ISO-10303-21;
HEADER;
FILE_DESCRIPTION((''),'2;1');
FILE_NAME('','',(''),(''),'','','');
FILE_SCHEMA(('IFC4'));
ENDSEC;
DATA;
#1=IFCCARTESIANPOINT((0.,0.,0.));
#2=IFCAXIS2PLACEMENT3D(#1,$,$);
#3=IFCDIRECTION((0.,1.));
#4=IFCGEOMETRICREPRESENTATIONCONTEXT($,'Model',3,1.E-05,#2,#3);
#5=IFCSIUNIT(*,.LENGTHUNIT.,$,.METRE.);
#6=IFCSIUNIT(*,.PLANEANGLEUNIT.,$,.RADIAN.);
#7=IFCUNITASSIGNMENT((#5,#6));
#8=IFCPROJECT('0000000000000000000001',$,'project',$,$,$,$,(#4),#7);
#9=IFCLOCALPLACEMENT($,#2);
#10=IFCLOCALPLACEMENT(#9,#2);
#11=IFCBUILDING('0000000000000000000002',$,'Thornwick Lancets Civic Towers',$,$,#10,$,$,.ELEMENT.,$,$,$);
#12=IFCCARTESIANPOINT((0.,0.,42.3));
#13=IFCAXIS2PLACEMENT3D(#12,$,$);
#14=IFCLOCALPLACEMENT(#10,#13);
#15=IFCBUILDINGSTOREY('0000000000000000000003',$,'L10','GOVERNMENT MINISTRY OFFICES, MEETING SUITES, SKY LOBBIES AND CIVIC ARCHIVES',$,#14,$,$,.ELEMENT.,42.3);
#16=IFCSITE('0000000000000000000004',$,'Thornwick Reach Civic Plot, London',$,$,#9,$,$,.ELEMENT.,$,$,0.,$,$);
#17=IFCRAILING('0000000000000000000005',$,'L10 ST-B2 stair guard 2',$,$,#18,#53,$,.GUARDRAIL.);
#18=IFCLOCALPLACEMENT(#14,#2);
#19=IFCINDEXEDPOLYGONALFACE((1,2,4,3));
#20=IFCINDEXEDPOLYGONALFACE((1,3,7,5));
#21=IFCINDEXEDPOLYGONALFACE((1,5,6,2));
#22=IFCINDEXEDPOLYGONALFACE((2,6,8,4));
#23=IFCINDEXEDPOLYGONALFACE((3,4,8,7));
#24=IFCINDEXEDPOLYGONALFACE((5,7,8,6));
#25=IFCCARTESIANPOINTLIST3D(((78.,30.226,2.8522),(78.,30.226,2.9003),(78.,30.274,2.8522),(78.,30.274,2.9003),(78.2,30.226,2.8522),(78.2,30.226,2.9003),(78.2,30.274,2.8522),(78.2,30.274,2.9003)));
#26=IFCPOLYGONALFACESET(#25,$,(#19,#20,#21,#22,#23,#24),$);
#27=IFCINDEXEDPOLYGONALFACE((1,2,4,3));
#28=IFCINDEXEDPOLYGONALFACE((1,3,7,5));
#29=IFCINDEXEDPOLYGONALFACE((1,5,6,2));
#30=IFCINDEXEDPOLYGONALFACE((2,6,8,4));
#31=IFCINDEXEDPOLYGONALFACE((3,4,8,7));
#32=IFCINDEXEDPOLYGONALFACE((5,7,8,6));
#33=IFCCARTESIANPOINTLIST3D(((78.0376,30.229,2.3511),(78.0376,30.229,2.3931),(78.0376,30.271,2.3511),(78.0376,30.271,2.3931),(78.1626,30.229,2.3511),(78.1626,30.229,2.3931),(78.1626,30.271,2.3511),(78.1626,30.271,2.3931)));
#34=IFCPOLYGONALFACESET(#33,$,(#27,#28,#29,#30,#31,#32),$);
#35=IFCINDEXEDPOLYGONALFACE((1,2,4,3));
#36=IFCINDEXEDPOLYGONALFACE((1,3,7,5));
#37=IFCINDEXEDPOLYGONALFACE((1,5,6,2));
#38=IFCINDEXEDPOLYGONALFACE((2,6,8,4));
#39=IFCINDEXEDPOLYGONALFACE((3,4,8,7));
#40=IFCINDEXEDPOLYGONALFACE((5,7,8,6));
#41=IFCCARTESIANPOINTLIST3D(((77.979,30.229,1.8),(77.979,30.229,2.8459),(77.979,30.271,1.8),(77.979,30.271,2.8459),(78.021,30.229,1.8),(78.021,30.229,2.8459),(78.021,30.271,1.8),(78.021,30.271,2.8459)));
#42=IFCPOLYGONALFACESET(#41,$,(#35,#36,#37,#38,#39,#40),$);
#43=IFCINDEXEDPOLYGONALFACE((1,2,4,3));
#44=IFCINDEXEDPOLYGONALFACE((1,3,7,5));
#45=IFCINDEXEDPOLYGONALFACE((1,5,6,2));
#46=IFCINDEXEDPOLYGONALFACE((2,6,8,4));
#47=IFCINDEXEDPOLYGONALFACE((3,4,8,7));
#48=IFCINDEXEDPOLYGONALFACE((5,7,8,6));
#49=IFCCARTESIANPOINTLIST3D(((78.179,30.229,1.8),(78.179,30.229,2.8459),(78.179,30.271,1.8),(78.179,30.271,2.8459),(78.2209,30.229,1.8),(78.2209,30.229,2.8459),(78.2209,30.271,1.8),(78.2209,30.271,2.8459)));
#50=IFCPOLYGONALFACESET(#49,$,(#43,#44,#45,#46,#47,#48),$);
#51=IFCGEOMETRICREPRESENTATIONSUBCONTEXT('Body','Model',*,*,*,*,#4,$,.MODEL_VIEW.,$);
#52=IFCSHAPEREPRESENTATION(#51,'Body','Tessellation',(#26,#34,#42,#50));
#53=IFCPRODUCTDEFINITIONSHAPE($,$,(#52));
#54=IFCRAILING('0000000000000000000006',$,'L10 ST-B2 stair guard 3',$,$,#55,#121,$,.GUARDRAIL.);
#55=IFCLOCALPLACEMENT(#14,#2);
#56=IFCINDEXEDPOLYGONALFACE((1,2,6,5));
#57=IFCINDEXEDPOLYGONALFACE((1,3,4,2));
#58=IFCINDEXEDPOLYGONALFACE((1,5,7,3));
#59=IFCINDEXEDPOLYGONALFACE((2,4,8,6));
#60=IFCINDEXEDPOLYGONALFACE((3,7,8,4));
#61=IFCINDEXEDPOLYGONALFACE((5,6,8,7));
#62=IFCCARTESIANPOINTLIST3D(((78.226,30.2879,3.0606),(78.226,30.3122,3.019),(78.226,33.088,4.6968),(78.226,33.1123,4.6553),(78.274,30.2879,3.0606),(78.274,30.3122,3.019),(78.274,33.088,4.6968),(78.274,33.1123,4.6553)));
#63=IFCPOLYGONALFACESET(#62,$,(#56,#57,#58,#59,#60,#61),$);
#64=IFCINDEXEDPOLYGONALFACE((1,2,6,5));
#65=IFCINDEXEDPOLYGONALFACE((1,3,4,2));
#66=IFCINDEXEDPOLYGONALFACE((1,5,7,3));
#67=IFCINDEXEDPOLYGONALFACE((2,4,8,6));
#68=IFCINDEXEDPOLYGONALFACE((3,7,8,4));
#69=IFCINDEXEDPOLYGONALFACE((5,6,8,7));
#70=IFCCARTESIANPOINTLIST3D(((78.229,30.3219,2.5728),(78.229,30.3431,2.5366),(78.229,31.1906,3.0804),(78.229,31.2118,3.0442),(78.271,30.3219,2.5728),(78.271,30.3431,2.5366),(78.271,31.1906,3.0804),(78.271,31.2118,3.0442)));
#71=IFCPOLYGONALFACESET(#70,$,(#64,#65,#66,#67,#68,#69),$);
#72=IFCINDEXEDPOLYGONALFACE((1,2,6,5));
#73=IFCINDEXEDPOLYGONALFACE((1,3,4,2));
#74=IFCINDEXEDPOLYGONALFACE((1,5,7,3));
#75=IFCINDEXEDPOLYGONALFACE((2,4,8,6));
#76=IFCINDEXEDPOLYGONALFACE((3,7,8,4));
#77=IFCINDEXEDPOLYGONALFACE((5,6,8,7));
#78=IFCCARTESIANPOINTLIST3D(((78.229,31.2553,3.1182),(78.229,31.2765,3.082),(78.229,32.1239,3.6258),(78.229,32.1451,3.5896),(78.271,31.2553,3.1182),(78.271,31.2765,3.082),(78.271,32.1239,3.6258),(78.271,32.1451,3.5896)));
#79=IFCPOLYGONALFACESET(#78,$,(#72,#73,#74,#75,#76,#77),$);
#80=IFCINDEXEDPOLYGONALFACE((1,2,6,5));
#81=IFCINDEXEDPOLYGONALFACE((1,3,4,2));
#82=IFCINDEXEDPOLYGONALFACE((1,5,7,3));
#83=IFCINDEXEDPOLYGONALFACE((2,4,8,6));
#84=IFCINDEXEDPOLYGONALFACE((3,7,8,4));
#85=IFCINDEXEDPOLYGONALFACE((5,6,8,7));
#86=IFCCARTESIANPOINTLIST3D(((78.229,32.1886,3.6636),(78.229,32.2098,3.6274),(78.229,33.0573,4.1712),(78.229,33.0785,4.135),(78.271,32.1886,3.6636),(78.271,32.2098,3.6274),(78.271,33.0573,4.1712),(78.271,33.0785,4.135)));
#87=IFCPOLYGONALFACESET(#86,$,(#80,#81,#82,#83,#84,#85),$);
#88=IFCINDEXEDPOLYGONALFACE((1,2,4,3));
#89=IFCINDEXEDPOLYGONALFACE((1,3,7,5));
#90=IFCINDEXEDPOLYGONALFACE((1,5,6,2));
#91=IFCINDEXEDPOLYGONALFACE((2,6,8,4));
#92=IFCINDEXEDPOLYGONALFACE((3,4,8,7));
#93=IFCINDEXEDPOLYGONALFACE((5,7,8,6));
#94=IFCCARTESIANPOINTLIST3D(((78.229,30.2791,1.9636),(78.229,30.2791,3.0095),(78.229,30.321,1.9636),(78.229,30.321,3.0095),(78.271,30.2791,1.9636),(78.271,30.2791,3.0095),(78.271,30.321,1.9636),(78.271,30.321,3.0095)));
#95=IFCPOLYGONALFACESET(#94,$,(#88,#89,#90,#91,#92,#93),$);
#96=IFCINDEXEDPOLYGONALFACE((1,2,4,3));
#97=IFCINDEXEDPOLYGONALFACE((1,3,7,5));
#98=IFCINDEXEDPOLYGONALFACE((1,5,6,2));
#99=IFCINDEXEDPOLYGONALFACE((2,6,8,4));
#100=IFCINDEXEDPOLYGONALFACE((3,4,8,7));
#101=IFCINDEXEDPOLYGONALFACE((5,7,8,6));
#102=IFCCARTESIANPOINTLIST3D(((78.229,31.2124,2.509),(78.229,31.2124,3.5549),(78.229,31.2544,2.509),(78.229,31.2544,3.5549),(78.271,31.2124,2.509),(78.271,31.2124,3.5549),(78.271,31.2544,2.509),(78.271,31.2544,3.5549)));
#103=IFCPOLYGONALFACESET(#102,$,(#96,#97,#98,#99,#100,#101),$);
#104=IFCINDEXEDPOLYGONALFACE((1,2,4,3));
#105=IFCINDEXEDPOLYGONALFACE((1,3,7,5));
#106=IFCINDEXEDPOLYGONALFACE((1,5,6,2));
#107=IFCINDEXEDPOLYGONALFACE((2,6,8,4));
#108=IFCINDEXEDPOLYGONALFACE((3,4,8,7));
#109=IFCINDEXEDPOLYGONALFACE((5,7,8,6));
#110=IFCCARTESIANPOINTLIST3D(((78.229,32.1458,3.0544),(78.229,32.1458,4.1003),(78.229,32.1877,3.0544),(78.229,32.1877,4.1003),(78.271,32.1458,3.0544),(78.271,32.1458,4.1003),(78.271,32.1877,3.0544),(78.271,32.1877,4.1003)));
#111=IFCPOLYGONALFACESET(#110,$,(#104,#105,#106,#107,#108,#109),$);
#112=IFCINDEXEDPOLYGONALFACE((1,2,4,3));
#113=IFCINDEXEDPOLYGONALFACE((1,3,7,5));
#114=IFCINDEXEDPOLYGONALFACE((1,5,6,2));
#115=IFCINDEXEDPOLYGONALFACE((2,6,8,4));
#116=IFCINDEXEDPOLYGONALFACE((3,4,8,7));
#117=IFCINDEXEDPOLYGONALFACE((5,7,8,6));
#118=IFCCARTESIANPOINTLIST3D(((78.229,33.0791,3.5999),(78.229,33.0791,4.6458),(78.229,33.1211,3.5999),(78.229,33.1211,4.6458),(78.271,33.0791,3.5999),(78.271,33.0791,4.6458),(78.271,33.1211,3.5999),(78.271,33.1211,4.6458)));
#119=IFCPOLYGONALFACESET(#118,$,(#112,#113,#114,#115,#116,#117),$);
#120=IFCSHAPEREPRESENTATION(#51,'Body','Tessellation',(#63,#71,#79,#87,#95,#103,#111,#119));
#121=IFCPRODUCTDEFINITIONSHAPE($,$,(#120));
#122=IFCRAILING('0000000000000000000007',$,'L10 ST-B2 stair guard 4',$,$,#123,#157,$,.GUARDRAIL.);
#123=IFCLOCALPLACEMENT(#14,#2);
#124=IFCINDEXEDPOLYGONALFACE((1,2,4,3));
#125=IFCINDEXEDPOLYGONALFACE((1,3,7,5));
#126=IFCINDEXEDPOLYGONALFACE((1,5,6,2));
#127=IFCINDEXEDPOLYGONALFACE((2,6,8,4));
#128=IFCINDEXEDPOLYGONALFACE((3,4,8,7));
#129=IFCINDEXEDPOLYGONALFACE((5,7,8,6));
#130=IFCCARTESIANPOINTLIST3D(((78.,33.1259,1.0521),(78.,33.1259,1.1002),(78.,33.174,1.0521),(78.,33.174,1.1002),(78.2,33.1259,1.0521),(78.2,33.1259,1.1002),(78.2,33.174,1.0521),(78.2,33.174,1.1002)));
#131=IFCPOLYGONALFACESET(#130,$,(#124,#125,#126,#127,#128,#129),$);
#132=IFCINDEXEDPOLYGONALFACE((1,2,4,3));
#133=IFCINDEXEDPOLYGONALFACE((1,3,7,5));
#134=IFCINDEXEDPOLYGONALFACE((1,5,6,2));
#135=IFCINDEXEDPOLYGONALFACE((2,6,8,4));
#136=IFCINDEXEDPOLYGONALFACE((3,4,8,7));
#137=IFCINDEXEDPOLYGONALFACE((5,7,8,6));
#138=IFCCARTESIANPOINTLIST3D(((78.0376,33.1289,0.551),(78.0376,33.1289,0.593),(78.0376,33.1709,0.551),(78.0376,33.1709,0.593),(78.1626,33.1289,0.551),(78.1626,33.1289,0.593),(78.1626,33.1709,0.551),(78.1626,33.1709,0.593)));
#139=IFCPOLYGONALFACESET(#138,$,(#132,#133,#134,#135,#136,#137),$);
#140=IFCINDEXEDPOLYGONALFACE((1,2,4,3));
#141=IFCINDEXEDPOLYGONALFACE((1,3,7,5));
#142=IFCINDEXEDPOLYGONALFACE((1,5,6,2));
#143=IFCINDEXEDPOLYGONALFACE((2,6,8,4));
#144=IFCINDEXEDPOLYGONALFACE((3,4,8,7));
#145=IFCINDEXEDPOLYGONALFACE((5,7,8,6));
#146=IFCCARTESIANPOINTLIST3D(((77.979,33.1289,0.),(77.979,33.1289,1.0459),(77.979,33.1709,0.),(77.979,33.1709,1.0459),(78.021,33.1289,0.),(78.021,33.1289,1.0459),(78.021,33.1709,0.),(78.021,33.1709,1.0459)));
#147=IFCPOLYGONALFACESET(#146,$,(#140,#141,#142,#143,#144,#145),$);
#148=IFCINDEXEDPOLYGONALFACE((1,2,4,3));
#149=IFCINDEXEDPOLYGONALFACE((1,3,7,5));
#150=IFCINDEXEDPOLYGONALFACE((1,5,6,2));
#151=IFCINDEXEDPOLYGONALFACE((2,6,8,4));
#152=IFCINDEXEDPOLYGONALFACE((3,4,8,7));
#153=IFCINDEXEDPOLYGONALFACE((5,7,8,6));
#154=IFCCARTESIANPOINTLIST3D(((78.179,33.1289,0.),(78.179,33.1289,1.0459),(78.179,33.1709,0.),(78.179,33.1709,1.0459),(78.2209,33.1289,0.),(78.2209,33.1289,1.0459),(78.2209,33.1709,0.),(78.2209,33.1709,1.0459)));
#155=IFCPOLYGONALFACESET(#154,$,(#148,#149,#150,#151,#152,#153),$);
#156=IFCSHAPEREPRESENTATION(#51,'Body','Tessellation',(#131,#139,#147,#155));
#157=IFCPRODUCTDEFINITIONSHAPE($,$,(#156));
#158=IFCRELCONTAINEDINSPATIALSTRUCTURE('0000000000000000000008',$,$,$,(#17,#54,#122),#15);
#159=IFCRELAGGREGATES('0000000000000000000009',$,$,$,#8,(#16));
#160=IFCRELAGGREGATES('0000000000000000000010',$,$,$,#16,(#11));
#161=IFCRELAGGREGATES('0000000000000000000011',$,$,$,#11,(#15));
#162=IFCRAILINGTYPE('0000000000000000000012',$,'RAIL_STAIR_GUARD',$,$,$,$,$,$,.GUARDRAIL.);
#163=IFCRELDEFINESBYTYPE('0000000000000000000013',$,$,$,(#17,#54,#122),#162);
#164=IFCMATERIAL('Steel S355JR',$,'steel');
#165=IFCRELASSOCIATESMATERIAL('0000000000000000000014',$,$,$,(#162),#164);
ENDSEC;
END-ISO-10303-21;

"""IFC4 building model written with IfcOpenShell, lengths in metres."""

from ifc_helpers import new_model, si_unit, direction, frame, origin, origin_2d, place, context, subcontext, project, spatial, rectangle, extrude, material, type_object, element, save


model = new_model("IFC4")

# Units and contexts
model_context = context("Model", 3, precision=1e-05, world=origin(), true_north=direction((0.0, 1.0)))
body_context = subcontext(model_context, "Body", "Model", "MODEL_VIEW")
ifc_project = project(units=[si_unit("LENGTHUNIT", "METRE"), si_unit("PLANEANGLEUNIT", "RADIAN")], contexts=[model_context])

# Site, building, storey
site_placement = place(None, origin())
site = spatial("IfcSite", under=ifc_project, at=site_placement, Name="Thornwick Reach Civic Plot, London", CompositionType="ELEMENT", RefElevation=0.0)
building_placement = place(site_placement, origin())
building = spatial("IfcBuilding", under=site, at=building_placement, Name="Thornwick Lancets Civic Towers", CompositionType="ELEMENT")
storey_placement = place(building_placement, frame((0.0, 0.0, 42.3)))
storey = spatial("IfcBuildingStorey", under=building, at=storey_placement, Name="L10", Description="GOVERNMENT MINISTRY OFFICES, MEETING SUITES, SKY LOBBIES AND CIVIC ARCHIVES", CompositionType="ELEMENT", Elevation=42.3)

# Shared definitions
ifc_material_1 = material(Name="Steel S355JR", Category="steel")

# Railings
railing_type_1 = type_object("IfcRailingType", Name="RAIL_STAIR_GUARD", PredefinedType="GUARDRAIL", material=ifc_material_1)
railing_1_placement = place(storey_placement, frame((78.0, 30.25, 1.8)))
element("IfcRailing", 1, at=railing_1_placement, inside=storey, type_object=railing_type_1, Name="L10 ST-B2 stair guard 2", PredefinedType="GUARDRAIL", context=body_context, shape_type="SweptSolid", body=[
    extrude(rectangle(XDim=0.0481, YDim=0.0481, at=origin_2d()), frame((0.0, 0.0, 1.0762), z_axis=(1.0, 0.0, 0.0), x_axis=(0.0, 1.0, 0.0)), (0.0, 0.0, 1.0), 0.2),
    extrude(rectangle(XDim=0.042, YDim=0.042, at=origin_2d()), frame((0.0376, 0.0, 0.572), z_axis=(1.0, 0.0, 0.0), x_axis=(0.0, 1.0, 0.0)), (0.0, 0.0, 1.0), 0.125),
    extrude(rectangle(XDim=0.042, YDim=0.042, at=origin_2d()), origin(), (0.0, 0.0, 1.0), 1.0459),
    extrude(rectangle(XDim=0.042, YDim=0.042, at=origin_2d()), frame((0.2, 0.0, 0.0)), (0.0, 0.0, 1.0), 1.0459),
])
railing_2_placement = place(storey_placement, frame((78.25, 30.3, 1.9636)))
element("IfcRailing", 2, at=railing_2_placement, inside=storey, type_object=railing_type_1, Name="L10 ST-B2 stair guard 3", PredefinedType="GUARDRAIL", context=body_context, shape_type="SweptSolid", body=[
    extrude(rectangle(XDim=0.0481, YDim=0.0481, at=origin_2d()), frame((0.0, 0.0, 1.0762), z_axis=(0.0, 0.863394, 0.504531), x_axis=(-1.0, 0.0, 0.0)), (0.0, 0.0, 1.0), 3.2432),
    extrude(rectangle(XDim=0.042, YDim=0.042, at=origin_2d()), frame((0.0, 0.0325, 0.5911), z_axis=(0.0, 0.863394, 0.504531), x_axis=(-1.0, 0.0, 0.0)), (0.0, 0.0, 1.0), 1.0061),
    extrude(rectangle(XDim=0.042, YDim=0.042, at=origin_2d()), frame((0.0, 0.9658, 1.1365), z_axis=(0.0, 0.863394, 0.504531), x_axis=(-1.0, 0.0, 0.0)), (0.0, 0.0, 1.0), 1.0061),
    extrude(rectangle(XDim=0.042, YDim=0.042, at=origin_2d()), frame((0.0, 1.8992, 1.6819), z_axis=(0.0, 0.863394, 0.504531), x_axis=(-1.0, 0.0, 0.0)), (0.0, 0.0, 1.0), 1.0061),
    extrude(rectangle(XDim=0.042, YDim=0.042, at=origin_2d()), origin(), (0.0, 0.0, 1.0), 1.0459),
    extrude(rectangle(XDim=0.042, YDim=0.042, at=origin_2d()), frame((0.0, 0.9333, 0.5454)), (0.0, 0.0, 1.0), 1.0459),
    extrude(rectangle(XDim=0.042, YDim=0.042, at=origin_2d()), frame((0.0, 1.8667, 1.0908)), (0.0, 0.0, 1.0), 1.0459),
    extrude(rectangle(XDim=0.042, YDim=0.042, at=origin_2d()), frame((0.0, 2.8, 1.6362)), (0.0, 0.0, 1.0), 1.0459),
])
railing_3_placement = place(storey_placement, frame((78.0, 33.1499, 0.0)))
element("IfcRailing", 3, at=railing_3_placement, inside=storey, type_object=railing_type_1, Name="L10 ST-B2 stair guard 4", PredefinedType="GUARDRAIL", context=body_context, shape_type="SweptSolid", body=[
    extrude(rectangle(XDim=0.0481, YDim=0.0481, at=origin_2d()), frame((0.0, 0.0, 1.0762), z_axis=(1.0, 0.0, 0.0), x_axis=(0.0, 1.0, 0.0)), (0.0, 0.0, 1.0), 0.2),
    extrude(rectangle(XDim=0.042, YDim=0.042, at=origin_2d()), frame((0.0376, 0.0, 0.572), z_axis=(1.0, 0.0, 0.0), x_axis=(0.0, 1.0, 0.0)), (0.0, 0.0, 1.0), 0.125),
    extrude(rectangle(XDim=0.042, YDim=0.042, at=origin_2d()), origin(), (0.0, 0.0, 1.0), 1.0459),
    extrude(rectangle(XDim=0.042, YDim=0.042, at=origin_2d()), frame((0.2, 0.0, 0.0)), (0.0, 0.0, 1.0), 1.0459),
])

save(model, "model.ifc")
